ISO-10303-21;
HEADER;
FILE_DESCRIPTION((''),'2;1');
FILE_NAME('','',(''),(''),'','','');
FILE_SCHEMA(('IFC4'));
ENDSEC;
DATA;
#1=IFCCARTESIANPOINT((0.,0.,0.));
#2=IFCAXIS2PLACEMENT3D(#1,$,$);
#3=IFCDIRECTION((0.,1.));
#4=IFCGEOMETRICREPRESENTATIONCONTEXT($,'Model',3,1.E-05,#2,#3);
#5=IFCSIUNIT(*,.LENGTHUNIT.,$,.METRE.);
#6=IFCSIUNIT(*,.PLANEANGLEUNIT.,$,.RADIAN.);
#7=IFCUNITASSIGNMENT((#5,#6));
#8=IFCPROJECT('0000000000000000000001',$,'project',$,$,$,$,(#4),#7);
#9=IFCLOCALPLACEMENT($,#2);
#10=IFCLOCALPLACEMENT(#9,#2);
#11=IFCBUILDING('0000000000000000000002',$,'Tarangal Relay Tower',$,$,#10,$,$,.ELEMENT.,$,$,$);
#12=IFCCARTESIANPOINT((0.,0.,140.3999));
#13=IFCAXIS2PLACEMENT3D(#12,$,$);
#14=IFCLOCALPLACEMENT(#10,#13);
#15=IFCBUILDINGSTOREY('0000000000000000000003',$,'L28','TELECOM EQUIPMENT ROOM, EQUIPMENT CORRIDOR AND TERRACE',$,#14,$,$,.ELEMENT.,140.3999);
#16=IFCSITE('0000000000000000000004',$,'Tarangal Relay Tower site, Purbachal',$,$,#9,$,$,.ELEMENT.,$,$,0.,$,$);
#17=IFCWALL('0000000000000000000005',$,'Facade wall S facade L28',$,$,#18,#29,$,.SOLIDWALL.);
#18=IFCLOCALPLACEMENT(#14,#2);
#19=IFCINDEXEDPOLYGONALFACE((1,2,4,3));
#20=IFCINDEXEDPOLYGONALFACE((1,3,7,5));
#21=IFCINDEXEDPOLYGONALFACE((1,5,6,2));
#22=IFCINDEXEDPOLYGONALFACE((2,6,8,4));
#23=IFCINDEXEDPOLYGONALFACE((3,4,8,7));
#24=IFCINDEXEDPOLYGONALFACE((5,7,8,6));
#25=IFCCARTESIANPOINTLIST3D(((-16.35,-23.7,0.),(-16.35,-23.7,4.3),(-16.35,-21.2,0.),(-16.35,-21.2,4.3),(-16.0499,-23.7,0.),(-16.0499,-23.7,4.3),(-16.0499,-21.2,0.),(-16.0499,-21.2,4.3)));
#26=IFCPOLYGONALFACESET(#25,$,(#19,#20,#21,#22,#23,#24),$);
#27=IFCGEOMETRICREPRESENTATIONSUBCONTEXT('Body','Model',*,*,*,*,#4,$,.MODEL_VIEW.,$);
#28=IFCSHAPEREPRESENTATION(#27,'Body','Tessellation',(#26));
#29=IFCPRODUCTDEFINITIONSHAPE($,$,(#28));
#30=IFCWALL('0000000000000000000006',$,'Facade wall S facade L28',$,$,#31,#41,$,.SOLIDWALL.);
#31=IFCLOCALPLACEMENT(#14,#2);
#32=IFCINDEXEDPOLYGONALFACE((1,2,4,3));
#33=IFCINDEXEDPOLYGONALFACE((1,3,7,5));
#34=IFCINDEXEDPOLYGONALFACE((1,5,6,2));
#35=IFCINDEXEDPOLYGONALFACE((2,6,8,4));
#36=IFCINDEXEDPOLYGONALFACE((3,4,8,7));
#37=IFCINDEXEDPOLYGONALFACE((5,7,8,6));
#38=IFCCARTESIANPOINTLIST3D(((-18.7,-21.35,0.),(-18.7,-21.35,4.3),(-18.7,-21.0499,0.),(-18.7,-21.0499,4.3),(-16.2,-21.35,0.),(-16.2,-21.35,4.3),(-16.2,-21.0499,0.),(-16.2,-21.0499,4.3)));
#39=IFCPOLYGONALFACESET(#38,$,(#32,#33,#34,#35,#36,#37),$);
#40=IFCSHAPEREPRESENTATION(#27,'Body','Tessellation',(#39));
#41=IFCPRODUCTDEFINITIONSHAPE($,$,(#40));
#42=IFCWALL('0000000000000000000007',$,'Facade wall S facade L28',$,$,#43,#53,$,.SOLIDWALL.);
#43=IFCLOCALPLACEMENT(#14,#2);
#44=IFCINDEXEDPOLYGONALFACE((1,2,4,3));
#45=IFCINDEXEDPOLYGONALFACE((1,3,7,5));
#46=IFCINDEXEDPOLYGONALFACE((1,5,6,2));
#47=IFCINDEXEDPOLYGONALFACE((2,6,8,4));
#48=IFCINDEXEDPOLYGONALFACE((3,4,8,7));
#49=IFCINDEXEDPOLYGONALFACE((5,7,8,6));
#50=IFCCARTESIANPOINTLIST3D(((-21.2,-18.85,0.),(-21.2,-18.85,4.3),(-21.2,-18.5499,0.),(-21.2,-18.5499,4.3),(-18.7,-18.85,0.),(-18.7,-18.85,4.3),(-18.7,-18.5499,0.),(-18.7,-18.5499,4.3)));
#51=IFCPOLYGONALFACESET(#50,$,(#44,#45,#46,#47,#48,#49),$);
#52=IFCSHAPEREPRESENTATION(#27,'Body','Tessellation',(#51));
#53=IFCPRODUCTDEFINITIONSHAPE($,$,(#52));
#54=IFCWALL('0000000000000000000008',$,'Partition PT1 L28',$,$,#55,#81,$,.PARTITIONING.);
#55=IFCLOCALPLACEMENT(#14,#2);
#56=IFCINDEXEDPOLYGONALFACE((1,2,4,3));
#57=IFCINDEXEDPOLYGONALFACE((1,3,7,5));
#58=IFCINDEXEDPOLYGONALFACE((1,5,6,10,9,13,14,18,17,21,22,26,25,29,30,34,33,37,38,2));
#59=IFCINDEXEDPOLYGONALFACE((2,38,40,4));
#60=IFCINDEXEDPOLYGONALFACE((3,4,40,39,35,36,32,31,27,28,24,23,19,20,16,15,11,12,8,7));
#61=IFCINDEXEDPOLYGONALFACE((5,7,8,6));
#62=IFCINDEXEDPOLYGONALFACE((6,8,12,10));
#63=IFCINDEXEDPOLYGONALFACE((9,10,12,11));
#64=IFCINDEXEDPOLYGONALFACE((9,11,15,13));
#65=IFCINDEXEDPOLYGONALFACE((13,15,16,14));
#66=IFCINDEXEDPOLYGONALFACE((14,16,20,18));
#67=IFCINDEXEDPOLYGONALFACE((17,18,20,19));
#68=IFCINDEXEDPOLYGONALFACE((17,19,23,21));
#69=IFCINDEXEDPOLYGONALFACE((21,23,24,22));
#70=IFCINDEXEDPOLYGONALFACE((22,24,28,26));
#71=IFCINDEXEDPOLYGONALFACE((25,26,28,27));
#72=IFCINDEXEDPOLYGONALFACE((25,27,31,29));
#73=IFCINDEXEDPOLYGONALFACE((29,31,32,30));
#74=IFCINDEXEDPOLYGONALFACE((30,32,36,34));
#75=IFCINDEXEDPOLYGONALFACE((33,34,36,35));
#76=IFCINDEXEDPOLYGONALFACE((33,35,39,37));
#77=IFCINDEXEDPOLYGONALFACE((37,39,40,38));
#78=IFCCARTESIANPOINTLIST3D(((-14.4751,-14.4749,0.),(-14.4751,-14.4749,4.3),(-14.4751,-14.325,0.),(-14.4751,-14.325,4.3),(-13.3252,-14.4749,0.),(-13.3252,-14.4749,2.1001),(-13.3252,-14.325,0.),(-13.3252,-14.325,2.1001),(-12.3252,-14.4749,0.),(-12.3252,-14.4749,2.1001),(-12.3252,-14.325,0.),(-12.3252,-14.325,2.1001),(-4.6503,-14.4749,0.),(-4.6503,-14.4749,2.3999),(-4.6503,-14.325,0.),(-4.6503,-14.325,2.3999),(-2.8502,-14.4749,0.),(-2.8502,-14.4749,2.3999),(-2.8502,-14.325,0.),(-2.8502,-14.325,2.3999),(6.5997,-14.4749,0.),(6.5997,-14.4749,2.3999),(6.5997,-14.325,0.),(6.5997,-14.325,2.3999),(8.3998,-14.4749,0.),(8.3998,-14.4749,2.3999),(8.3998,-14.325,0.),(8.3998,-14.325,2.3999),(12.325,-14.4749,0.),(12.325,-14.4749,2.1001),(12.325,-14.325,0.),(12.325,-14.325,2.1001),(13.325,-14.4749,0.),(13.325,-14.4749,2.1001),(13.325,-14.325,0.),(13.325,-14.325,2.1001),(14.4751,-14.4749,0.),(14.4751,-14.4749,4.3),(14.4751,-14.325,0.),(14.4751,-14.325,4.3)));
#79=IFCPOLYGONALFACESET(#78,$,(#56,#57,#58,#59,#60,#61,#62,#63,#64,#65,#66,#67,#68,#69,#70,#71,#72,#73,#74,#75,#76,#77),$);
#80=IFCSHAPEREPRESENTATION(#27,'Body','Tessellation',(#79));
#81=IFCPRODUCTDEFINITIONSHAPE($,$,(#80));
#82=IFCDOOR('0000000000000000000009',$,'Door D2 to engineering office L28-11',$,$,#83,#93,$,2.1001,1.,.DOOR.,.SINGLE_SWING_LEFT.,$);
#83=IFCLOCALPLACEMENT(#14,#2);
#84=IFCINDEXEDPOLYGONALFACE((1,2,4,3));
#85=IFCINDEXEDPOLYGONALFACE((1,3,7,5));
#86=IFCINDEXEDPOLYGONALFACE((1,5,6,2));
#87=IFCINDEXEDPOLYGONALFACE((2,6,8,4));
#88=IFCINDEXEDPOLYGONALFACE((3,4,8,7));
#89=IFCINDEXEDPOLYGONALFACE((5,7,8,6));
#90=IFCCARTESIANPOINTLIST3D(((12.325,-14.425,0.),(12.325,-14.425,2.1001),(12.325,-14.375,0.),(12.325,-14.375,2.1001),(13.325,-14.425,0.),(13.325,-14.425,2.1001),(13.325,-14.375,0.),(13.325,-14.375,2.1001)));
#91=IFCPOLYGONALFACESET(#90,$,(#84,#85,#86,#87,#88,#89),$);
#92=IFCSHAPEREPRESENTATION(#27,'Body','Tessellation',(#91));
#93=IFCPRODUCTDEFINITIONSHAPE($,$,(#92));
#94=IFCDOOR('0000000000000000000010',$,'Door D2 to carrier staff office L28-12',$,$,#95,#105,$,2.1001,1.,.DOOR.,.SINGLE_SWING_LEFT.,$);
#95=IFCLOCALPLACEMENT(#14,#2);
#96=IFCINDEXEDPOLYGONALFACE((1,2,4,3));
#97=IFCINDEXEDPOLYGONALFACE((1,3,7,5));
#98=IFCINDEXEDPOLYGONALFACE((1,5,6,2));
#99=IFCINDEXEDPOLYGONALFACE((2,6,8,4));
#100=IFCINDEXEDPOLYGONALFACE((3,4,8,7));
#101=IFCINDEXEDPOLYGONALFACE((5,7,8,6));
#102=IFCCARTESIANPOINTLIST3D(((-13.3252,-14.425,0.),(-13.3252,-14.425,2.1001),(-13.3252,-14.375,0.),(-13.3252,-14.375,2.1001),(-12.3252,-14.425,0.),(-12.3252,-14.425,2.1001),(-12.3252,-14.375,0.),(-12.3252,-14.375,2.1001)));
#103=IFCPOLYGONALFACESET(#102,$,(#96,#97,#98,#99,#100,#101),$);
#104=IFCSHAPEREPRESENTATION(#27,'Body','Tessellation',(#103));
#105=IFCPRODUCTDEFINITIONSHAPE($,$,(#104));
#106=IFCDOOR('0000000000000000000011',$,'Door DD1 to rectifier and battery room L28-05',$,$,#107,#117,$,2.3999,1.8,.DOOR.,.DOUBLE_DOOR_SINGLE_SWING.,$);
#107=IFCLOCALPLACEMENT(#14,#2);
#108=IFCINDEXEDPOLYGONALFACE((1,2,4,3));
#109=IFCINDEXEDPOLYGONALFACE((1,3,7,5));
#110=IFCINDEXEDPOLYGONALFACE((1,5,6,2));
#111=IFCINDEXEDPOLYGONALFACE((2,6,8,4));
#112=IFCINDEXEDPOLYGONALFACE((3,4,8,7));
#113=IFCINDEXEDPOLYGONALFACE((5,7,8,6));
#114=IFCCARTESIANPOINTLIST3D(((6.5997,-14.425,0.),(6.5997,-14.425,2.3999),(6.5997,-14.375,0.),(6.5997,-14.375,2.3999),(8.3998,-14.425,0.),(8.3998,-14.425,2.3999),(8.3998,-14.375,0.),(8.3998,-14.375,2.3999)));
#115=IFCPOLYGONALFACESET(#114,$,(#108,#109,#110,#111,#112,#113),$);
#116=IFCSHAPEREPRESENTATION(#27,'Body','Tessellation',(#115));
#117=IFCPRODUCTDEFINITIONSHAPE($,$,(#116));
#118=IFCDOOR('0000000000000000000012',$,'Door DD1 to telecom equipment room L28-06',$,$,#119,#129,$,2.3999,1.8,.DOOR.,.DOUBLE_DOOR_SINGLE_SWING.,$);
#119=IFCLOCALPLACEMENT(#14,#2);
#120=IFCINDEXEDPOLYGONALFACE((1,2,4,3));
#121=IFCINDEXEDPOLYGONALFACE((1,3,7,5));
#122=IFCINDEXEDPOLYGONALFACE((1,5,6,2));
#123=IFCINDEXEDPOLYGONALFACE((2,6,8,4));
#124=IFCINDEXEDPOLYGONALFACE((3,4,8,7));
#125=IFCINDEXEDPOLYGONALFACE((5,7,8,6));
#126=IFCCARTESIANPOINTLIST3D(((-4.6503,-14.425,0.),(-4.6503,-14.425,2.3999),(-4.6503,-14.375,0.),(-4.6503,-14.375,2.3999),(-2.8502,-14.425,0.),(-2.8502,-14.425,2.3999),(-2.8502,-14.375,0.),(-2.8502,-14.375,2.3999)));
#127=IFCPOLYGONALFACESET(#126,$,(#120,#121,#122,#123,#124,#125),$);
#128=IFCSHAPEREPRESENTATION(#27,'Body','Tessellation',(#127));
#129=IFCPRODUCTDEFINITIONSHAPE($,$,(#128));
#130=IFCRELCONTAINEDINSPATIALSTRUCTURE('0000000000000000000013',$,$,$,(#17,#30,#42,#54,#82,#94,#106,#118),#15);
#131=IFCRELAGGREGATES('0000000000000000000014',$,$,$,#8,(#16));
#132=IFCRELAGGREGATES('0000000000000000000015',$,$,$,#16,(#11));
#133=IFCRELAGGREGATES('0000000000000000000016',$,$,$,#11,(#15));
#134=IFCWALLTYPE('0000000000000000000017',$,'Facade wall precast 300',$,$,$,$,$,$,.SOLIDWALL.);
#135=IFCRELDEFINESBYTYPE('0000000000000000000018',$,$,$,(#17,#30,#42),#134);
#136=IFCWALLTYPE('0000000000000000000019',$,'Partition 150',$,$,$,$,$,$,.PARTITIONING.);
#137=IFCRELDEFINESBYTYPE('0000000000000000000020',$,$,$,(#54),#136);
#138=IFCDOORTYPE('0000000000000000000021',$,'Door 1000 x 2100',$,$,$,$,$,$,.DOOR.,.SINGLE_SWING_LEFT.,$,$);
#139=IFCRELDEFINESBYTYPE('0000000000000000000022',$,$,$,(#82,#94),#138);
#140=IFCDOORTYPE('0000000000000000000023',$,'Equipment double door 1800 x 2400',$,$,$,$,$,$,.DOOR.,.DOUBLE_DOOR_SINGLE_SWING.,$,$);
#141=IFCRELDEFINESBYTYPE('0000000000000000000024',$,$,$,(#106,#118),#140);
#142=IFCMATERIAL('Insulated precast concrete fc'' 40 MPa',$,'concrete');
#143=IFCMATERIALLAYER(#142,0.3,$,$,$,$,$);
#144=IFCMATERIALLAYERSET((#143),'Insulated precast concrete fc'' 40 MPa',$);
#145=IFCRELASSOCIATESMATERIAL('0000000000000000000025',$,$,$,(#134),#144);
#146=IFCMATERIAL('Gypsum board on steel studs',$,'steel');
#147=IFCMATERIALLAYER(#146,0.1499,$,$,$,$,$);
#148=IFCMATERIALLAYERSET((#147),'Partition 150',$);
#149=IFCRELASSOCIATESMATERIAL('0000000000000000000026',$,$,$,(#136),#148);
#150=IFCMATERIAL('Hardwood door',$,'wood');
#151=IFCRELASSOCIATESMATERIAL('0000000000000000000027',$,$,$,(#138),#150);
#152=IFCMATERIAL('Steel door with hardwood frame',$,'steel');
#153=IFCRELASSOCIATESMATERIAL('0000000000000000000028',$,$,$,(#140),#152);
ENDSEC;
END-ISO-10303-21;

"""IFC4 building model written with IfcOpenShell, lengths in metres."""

from ifc_helpers import new_model, si_unit, direction, frame, frame_2d, origin, place, context, subcontext, project, spatial, rectangle, extrude, material, layer, layer_set, type_object, element, fill, save


model = new_model("IFC4")

# Units and contexts
model_context = context("Model", 3, precision=1e-05, world=origin(), true_north=direction((0.0, 1.0)))
body_context = subcontext(model_context, "Body", "Model", "MODEL_VIEW")
ifc_project = project(units=[si_unit("LENGTHUNIT", "METRE"), si_unit("PLANEANGLEUNIT", "RADIAN")], contexts=[model_context])

# Site, building, storey
site_placement = place(None, origin())
site = spatial("IfcSite", under=ifc_project, at=site_placement, Name="Tarangal Relay Tower site, Purbachal", CompositionType="ELEMENT", RefElevation=0.0)
building_placement = place(site_placement, origin())
building = spatial("IfcBuilding", under=site, at=building_placement, Name="Tarangal Relay Tower", CompositionType="ELEMENT")
storey_placement = place(building_placement, frame((0.0, 0.0, 140.3999)))
storey = spatial("IfcBuildingStorey", under=building, at=storey_placement, Name="L28", Description="TELECOM EQUIPMENT ROOM, EQUIPMENT CORRIDOR AND TERRACE", CompositionType="ELEMENT", Elevation=140.3999)

# Walls
ifc_material_1 = material(Name="Insulated precast concrete fc' 40 MPa", Category="concrete")
ifc_layer_1 = layer(ifc_material_1, 0.3)
ifc_layer_set_1 = layer_set([ifc_layer_1], Name="Insulated precast concrete fc' 40 MPa")
wall_type_1 = type_object("IfcWallType", Name="Facade wall precast 300", PredefinedType="SOLIDWALL", material=ifc_layer_set_1)
for number, where, z_axis, x_axis, name in (
    (1, (-16.2, -23.7, 0.0), (0.0, 0.0, 1.0), (0.0, 1.0, 0.0), "Facade wall S facade L28"),
    (2, (-16.2, -21.2, 0.0), (0.0, 0.0, 1.0), (-1.0, 0.0, 0.0), "Facade wall S facade L28"),
):
    element("IfcWall", number, at=place(storey_placement, frame(where, z_axis=z_axis, x_axis=x_axis)), inside=storey, type_object=wall_type_1, Name=name, PredefinedType="SOLIDWALL", context=body_context, shape_type="SweptSolid", body=[
        extrude(rectangle(XDim=2.5, YDim=0.3, at=frame_2d((1.25, 0.0))), origin(), (0.0, 0.0, 1.0), 4.3),
    ])

# Wall
wall_1_placement = place(storey_placement, frame((-18.7, -18.7, 0.0), z_axis=(0.0, 0.0, 1.0), x_axis=(-1.0, 0.0, 0.0)))
element("IfcWall", 3, at=wall_1_placement, inside=storey, type_object=wall_type_1, Name="Facade wall S facade L28", PredefinedType="SOLIDWALL", context=body_context, shape_type="SweptSolid", body=[
    extrude(rectangle(XDim=2.5, YDim=0.3, at=frame_2d((1.25, 0.0))), origin(), (0.0, 0.0, 1.0), 4.3),
])

# Wall, openings, doors
ifc_material_2 = material(Name="Gypsum board on steel studs", Category="steel")
ifc_layer_2 = layer(ifc_material_2, 0.1499)
ifc_layer_set_2 = layer_set([ifc_layer_2], Name="Partition 150")
wall_type_2 = type_object("IfcWallType", Name="Partition 150", PredefinedType="PARTITIONING", material=ifc_layer_set_2)
wall_2_placement = place(storey_placement, frame((-14.4751, -14.3999, 0.0), z_axis=(0.0, 0.0, 1.0), x_axis=(1.0, 0.0, 0.0)))
wall_2 = element("IfcWall", 4, at=wall_2_placement, inside=storey, type_object=wall_type_2, Name="Partition PT1 L28", PredefinedType="PARTITIONING", context=body_context, shape_type="SweptSolid", body=[
    extrude(rectangle(XDim=28.9502, YDim=0.1499, at=frame_2d((14.4751, 0.0))), origin(), (0.0, 0.0, 1.0), 4.3),
])
opening_1_placement = place(wall_2_placement, frame((21.075, 0.0, 0.0)))
opening_1 = element("IfcOpeningElement", 5, at=opening_1_placement, cuts=wall_2, PredefinedType="OPENING", context=body_context, shape_type="SweptSolid", body=[
    extrude(rectangle(XDim=1.8, YDim=2.3999, at=frame_2d((0.8999, 1.2))), frame((0.0, 0.085, 0.0), z_axis=(0.0, -1.0, 0.0), x_axis=(1.0, 0.0, 0.0)), (0.0, 0.0, 1.0), 0.1699),
])
opening_2_placement = place(wall_2_placement, frame((9.825, 0.0, 0.0)))
opening_2 = element("IfcOpeningElement", 6, at=opening_2_placement, cuts=wall_2, PredefinedType="OPENING", context=body_context, shape_type="SweptSolid", body=[
    extrude(rectangle(XDim=1.8, YDim=2.3999, at=frame_2d((0.8999, 1.2))), frame((0.0, 0.085, 0.0), z_axis=(0.0, -1.0, 0.0), x_axis=(1.0, 0.0, 0.0)), (0.0, 0.0, 1.0), 0.1699),
])
opening_3_placement = place(wall_2_placement, frame((26.8, 0.0, 0.0)))
opening_3 = element("IfcOpeningElement", 7, at=opening_3_placement, cuts=wall_2, PredefinedType="OPENING", context=body_context, shape_type="SweptSolid", body=[
    extrude(rectangle(XDim=1.0, YDim=2.1001, at=frame_2d((0.5, 1.05))), frame((0.0, 0.085, 0.0), z_axis=(0.0, -1.0, 0.0), x_axis=(1.0, 0.0, 0.0)), (0.0, 0.0, 1.0), 0.1699),
])
opening_4_placement = place(wall_2_placement, frame((1.1499, 0.0, 0.0)))
opening_4 = element("IfcOpeningElement", 8, at=opening_4_placement, cuts=wall_2, PredefinedType="OPENING", context=body_context, shape_type="SweptSolid", body=[
    extrude(rectangle(XDim=1.0, YDim=2.1001, at=frame_2d((0.5, 1.05))), frame((0.0, 0.085, 0.0), z_axis=(0.0, -1.0, 0.0), x_axis=(1.0, 0.0, 0.0)), (0.0, 0.0, 1.0), 0.1699),
])
ifc_material_3 = material(Name="Hardwood door", Category="wood")
door_type_1 = type_object("IfcDoorType", Name="Door 1000 x 2100", OperationType="SINGLE_SWING_LEFT", PredefinedType="DOOR", material=ifc_material_3)
door_1_placement = place(opening_3_placement, origin())
door_1 = element("IfcDoor", 9, at=door_1_placement, inside=storey, type_object=door_type_1, Name="Door D2 to engineering office L28-11", OperationType="SINGLE_SWING_LEFT", OverallHeight=2.1001, OverallWidth=1.0, PredefinedType="DOOR", context=body_context, shape_type="SweptSolid", body=[
    extrude(rectangle(XDim=1.0, YDim=2.1001, at=frame_2d((0.5, 1.05))), frame((0.0, 0.0249, 0.0), z_axis=(0.0, -1.0, 0.0), x_axis=(1.0, 0.0, 0.0)), (0.0, 0.0, 1.0), 0.05),
])
fill(opening_3, door_1)
door_2_placement = place(opening_4_placement, origin())
door_2 = element("IfcDoor", 10, at=door_2_placement, inside=storey, type_object=door_type_1, Name="Door D2 to carrier staff office L28-12", OperationType="SINGLE_SWING_LEFT", OverallHeight=2.1001, OverallWidth=1.0, PredefinedType="DOOR", context=body_context, shape_type="SweptSolid", body=[
    extrude(rectangle(XDim=1.0, YDim=2.1001, at=frame_2d((0.5, 1.05))), frame((0.0, 0.0249, 0.0), z_axis=(0.0, -1.0, 0.0), x_axis=(1.0, 0.0, 0.0)), (0.0, 0.0, 1.0), 0.05),
])
fill(opening_4, door_2)
ifc_material_4 = material(Name="Steel door with hardwood frame", Category="steel")
door_type_2 = type_object("IfcDoorType", Name="Equipment double door 1800 x 2400", OperationType="DOUBLE_DOOR_SINGLE_SWING", PredefinedType="DOOR", material=ifc_material_4)
door_3_placement = place(opening_1_placement, origin())
door_3 = element("IfcDoor", 11, at=door_3_placement, inside=storey, type_object=door_type_2, Name="Door DD1 to rectifier and battery room L28-05", OperationType="DOUBLE_DOOR_SINGLE_SWING", OverallHeight=2.3999, OverallWidth=1.8, PredefinedType="DOOR", context=body_context, shape_type="SweptSolid", body=[
    extrude(rectangle(XDim=1.8, YDim=2.3999, at=frame_2d((0.8999, 1.2))), frame((0.0, 0.0249, 0.0), z_axis=(0.0, -1.0, 0.0), x_axis=(1.0, 0.0, 0.0)), (0.0, 0.0, 1.0), 0.05),
])
fill(opening_1, door_3)
door_4_placement = place(opening_2_placement, origin())
door_4 = element("IfcDoor", 12, at=door_4_placement, inside=storey, type_object=door_type_2, Name="Door DD1 to telecom equipment room L28-06", OperationType="DOUBLE_DOOR_SINGLE_SWING", OverallHeight=2.3999, OverallWidth=1.8, PredefinedType="DOOR", context=body_context, shape_type="SweptSolid", body=[
    extrude(rectangle(XDim=1.8, YDim=2.3999, at=frame_2d((0.8999, 1.2))), frame((0.0, 0.0249, 0.0), z_axis=(0.0, -1.0, 0.0), x_axis=(1.0, 0.0, 0.0)), (0.0, 0.0, 1.0), 0.05),
])
fill(opening_2, door_4)

save(model, "model.ifc")
